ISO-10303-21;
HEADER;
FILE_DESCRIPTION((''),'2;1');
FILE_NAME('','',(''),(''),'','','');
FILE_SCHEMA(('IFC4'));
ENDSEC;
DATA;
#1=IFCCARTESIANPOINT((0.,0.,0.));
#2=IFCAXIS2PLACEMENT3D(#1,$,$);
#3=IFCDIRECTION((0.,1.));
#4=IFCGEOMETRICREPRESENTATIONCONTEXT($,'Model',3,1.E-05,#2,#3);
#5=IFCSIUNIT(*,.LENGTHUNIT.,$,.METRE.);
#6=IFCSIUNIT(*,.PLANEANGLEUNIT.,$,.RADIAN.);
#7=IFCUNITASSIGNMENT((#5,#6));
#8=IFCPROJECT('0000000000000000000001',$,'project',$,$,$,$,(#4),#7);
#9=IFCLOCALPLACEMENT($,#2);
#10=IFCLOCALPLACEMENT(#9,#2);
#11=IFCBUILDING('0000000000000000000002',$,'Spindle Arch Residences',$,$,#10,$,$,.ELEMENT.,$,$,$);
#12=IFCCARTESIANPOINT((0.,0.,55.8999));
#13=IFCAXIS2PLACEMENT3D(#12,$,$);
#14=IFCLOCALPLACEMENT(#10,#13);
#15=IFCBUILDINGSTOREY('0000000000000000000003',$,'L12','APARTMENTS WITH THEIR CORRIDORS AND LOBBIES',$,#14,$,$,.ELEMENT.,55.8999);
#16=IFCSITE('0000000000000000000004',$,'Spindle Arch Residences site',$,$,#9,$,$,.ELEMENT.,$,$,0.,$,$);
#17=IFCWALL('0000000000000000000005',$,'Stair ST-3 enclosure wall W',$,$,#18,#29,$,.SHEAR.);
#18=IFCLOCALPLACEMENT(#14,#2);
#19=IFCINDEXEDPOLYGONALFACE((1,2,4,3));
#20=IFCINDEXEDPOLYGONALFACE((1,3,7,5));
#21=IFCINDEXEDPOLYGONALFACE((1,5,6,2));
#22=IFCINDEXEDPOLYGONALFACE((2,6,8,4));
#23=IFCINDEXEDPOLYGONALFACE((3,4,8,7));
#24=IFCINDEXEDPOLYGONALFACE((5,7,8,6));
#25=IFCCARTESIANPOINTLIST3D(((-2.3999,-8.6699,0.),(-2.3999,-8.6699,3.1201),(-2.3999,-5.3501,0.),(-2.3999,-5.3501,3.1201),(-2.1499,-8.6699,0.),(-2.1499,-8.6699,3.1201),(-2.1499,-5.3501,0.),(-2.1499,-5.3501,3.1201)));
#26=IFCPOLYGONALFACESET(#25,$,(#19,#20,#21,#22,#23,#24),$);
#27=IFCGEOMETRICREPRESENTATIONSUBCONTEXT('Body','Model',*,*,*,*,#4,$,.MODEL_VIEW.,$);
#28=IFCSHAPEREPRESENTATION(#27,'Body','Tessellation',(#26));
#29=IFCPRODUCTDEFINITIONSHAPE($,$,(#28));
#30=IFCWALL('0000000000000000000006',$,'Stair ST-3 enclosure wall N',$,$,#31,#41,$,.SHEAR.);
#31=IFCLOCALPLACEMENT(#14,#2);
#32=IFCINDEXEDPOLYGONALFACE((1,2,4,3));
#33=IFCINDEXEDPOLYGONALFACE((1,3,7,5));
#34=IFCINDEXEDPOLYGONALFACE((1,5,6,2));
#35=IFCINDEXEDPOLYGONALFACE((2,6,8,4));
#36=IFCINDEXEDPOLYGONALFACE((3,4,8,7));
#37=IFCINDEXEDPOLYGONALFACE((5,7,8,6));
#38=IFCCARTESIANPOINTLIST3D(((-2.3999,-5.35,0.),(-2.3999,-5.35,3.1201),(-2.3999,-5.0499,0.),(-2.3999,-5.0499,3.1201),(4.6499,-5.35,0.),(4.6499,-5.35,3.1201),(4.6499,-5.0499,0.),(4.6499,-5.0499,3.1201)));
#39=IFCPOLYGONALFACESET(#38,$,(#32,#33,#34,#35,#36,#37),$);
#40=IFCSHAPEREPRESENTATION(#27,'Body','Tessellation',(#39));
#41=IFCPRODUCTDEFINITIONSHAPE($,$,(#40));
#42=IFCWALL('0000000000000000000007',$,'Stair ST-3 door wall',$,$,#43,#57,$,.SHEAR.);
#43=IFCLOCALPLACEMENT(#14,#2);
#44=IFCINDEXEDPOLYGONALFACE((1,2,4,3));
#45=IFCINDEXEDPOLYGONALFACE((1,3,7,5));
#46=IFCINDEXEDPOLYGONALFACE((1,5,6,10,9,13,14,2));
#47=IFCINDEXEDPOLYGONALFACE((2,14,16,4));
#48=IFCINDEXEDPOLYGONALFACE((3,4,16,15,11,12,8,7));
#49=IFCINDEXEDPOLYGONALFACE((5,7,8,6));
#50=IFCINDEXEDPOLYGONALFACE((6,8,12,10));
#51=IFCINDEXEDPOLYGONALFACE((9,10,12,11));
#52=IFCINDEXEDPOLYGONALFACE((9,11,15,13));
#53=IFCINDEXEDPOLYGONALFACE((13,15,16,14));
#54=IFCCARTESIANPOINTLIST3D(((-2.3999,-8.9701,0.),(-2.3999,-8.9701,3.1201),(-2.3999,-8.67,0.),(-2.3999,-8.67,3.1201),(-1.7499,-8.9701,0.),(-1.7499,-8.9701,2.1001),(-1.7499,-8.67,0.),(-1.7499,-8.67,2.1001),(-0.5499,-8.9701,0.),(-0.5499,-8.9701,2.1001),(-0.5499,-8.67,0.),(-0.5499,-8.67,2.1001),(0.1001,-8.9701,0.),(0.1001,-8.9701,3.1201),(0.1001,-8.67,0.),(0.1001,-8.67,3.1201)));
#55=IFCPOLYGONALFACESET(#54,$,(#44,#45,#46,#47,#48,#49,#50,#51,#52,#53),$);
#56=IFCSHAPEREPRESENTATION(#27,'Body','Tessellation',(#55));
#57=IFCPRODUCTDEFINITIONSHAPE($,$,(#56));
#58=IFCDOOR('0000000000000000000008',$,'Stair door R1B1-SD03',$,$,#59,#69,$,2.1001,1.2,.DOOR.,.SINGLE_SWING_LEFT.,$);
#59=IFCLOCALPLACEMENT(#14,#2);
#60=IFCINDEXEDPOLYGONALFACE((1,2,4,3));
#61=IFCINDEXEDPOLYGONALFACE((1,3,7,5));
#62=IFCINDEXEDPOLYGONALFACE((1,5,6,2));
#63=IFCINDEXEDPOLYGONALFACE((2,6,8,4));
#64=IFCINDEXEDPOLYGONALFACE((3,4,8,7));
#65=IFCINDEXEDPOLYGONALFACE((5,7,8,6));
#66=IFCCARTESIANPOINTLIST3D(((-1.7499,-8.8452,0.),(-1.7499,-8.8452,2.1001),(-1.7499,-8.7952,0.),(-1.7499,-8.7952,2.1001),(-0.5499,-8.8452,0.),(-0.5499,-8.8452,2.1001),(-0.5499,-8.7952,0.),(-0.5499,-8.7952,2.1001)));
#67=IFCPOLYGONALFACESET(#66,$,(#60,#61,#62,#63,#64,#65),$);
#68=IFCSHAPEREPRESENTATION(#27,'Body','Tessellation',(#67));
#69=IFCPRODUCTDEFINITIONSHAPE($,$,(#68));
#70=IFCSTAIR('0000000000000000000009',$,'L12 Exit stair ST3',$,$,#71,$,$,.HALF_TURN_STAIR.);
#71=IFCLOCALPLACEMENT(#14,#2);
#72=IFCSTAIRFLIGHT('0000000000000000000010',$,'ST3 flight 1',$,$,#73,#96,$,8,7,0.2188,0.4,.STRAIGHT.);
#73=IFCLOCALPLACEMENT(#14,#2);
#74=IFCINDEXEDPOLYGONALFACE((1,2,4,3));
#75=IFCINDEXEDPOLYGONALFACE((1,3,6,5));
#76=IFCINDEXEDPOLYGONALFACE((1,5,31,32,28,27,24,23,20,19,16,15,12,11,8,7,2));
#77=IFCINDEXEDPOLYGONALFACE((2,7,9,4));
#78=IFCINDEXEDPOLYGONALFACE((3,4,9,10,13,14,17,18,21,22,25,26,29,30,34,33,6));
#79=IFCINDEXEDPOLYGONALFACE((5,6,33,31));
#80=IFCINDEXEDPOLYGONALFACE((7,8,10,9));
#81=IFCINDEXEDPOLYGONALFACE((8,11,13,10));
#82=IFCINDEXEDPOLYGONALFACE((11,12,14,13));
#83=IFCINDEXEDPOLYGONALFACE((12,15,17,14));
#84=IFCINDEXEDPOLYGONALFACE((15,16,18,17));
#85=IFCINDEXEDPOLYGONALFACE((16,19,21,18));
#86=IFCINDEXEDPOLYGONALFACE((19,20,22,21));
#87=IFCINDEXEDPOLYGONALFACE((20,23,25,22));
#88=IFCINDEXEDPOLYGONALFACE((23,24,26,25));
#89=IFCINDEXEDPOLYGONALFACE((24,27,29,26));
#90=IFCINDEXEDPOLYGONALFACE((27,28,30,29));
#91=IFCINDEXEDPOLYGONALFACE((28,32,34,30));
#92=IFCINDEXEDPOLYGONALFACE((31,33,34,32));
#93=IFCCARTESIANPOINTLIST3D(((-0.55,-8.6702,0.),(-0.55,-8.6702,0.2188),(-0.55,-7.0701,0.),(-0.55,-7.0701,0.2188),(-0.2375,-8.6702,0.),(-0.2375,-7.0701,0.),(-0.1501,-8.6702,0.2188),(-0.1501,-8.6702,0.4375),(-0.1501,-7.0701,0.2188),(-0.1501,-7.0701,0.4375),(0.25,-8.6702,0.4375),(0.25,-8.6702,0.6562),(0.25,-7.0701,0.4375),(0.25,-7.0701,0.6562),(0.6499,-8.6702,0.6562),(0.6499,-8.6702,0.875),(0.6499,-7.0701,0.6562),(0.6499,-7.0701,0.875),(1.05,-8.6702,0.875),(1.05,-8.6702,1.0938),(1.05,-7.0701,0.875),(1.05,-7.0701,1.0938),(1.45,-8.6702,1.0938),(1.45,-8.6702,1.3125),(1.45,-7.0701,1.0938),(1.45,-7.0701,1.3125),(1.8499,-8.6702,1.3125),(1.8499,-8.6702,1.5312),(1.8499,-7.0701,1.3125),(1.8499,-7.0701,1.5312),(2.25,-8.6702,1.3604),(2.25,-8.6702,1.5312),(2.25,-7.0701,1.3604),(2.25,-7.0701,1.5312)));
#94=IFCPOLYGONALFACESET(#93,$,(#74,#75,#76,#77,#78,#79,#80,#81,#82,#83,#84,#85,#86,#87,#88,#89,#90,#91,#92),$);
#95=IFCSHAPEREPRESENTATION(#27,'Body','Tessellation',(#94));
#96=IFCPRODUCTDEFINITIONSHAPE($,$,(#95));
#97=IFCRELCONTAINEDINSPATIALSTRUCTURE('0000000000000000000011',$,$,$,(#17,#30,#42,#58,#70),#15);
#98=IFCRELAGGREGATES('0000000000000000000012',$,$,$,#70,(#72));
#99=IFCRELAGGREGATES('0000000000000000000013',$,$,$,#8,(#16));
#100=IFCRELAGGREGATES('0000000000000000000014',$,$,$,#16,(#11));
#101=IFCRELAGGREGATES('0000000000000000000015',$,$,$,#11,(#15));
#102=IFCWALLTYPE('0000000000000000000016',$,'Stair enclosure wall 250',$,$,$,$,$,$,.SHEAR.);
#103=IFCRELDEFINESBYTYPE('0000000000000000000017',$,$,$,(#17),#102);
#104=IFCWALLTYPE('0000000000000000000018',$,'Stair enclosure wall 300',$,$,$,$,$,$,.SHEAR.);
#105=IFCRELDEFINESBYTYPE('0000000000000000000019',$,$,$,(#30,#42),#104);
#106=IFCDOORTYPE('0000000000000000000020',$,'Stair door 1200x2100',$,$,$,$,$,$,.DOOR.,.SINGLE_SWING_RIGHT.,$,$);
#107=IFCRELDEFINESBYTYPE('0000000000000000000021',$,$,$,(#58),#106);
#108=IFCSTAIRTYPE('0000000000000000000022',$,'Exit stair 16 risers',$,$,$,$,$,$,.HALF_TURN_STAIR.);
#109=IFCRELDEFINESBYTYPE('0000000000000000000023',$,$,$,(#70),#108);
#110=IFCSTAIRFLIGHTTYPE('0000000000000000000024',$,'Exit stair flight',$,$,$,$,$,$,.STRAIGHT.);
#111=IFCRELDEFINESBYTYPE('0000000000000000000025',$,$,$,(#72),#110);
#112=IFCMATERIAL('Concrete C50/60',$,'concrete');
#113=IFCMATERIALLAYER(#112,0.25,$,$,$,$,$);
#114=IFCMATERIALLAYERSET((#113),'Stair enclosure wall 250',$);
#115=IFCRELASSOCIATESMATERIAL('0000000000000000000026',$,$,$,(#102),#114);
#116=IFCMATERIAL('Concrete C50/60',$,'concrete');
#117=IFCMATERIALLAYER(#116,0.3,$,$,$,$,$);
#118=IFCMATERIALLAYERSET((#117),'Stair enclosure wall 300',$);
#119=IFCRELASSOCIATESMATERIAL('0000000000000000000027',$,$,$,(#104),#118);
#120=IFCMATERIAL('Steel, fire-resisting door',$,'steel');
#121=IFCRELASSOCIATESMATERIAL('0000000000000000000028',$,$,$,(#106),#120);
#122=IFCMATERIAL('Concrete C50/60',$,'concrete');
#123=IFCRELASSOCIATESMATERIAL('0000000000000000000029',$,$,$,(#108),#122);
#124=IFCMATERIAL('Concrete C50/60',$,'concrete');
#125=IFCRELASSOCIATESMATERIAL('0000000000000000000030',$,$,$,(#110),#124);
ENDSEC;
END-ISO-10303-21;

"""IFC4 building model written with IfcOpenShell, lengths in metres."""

from ifc_helpers import new_model, si_unit, direction, frame, frame_2d, origin, place, context, subcontext, project, spatial, polyline, rectangle, outline, extrude, material, layer, layer_set, type_object, element, fill, aggregate, save


model = new_model("IFC4")

# Units and contexts
model_context = context("Model", 3, precision=1e-05, world=origin(), true_north=direction((0.0, 1.0)))
body_context = subcontext(model_context, "Body", "Model", "MODEL_VIEW")
ifc_project = project(units=[si_unit("LENGTHUNIT", "METRE"), si_unit("PLANEANGLEUNIT", "RADIAN")], contexts=[model_context])

# Site, building, storey
site_placement = place(None, origin())
site = spatial("IfcSite", under=ifc_project, at=site_placement, Name="Spindle Arch Residences site", CompositionType="ELEMENT", RefElevation=0.0)
building_placement = place(site_placement, origin())
building = spatial("IfcBuilding", under=site, at=building_placement, Name="Spindle Arch Residences", CompositionType="ELEMENT")
storey_placement = place(building_placement, frame((0.0, 0.0, 55.8999)))
storey = spatial("IfcBuildingStorey", under=building, at=storey_placement, Name="L12", Description="APARTMENTS WITH THEIR CORRIDORS AND LOBBIES", CompositionType="ELEMENT", Elevation=55.8999)

# Walls
ifc_material_1 = material(Name="Concrete C50/60", Category="concrete")
ifc_layer_1 = layer(ifc_material_1, 0.25)
ifc_layer_set_1 = layer_set([ifc_layer_1], Name="Stair enclosure wall 250")
wall_type_1 = type_object("IfcWallType", Name="Stair enclosure wall 250", PredefinedType="SHEAR", material=ifc_layer_set_1)
wall_1_placement = place(storey_placement, frame((-2.2749, -8.6699, 0.0), z_axis=(0.0, 0.0, 1.0), x_axis=(0.0, 1.0, 0.0)))
element("IfcWall", 1, at=wall_1_placement, inside=storey, type_object=wall_type_1, Name="Stair ST-3 enclosure wall W", PredefinedType="SHEAR", context=body_context, shape_type="SweptSolid", body=[
    extrude(rectangle(XDim=3.3198, YDim=0.25, at=frame_2d((1.6599, 0.0))), origin(), (0.0, 0.0, 1.0), 3.1201),
])
ifc_material_2 = material(Name="Concrete C50/60", Category="concrete")
ifc_layer_2 = layer(ifc_material_2, 0.3)
ifc_layer_set_2 = layer_set([ifc_layer_2], Name="Stair enclosure wall 300")
wall_type_2 = type_object("IfcWallType", Name="Stair enclosure wall 300", PredefinedType="SHEAR", material=ifc_layer_set_2)
wall_2_placement = place(storey_placement, frame((-2.3999, -5.2, 0.0), z_axis=(0.0, 0.0, 1.0), x_axis=(1.0, 0.0, 0.0)))
element("IfcWall", 2, at=wall_2_placement, inside=storey, type_object=wall_type_2, Name="Stair ST-3 enclosure wall N", PredefinedType="SHEAR", context=body_context, shape_type="SweptSolid", body=[
    extrude(rectangle(XDim=7.0498, YDim=0.3, at=frame_2d((3.5249, 0.0))), origin(), (0.0, 0.0, 1.0), 3.1201),
])

# Wall, opening, door
wall_3_placement = place(storey_placement, frame((-2.3999, -8.8201, 0.0), z_axis=(0.0, 0.0, 1.0), x_axis=(1.0, 0.0, 0.0)))
wall_3 = element("IfcWall", 3, at=wall_3_placement, inside=storey, type_object=wall_type_2, Name="Stair ST-3 door wall", PredefinedType="SHEAR", context=body_context, shape_type="SweptSolid", body=[
    extrude(rectangle(XDim=2.5, YDim=0.3, at=frame_2d((1.25, 0.0))), origin(), (0.0, 0.0, 1.0), 3.1201),
])
opening_1_placement = place(wall_3_placement, frame((0.6499, 0.0, 0.0)))
opening_1 = element("IfcOpeningElement", 4, at=opening_1_placement, cuts=wall_3, PredefinedType="OPENING", context=body_context, shape_type="SweptSolid", body=[
    extrude(rectangle(XDim=1.2, YDim=2.1001, at=frame_2d((0.6001, 1.05))), frame((0.0, 0.1602, 0.0), z_axis=(0.0, -1.0, 0.0), x_axis=(1.0, 0.0, 0.0)), (0.0, 0.0, 1.0), 0.3201),
])
ifc_material_3 = material(Name="Steel, fire-resisting door", Category="steel")
door_type_1 = type_object("IfcDoorType", Name="Stair door 1200x2100", OperationType="SINGLE_SWING_RIGHT", PredefinedType="DOOR", material=ifc_material_3)
door_1_placement = place(opening_1_placement, origin())
door_1 = element("IfcDoor", 5, at=door_1_placement, inside=storey, type_object=door_type_1, Name="Stair door R1B1-SD03", OperationType="SINGLE_SWING_LEFT", OverallHeight=2.1001, OverallWidth=1.2, PredefinedType="DOOR", context=body_context, shape_type="SweptSolid", body=[
    extrude(rectangle(XDim=1.2, YDim=2.1001, at=frame_2d((0.6001, 1.05))), frame((0.0, 0.0249, 0.0), z_axis=(0.0, -1.0, 0.0), x_axis=(1.0, 0.0, 0.0)), (0.0, 0.0, 1.0), 0.05),
])
fill(opening_1, door_1)

# Stair, stair flight
ifc_material_4 = material(Name="Concrete C50/60", Category="concrete")
stair_type = type_object("IfcStairType", Name="Exit stair 16 risers", PredefinedType="HALF_TURN_STAIR", material=ifc_material_4)
stair_placement = place(storey_placement, origin())
stair = element("IfcStair", 6, at=stair_placement, inside=storey, type_object=stair_type, Name="L12 Exit stair ST3", PredefinedType="HALF_TURN_STAIR")
ifc_material_5 = material(Name="Concrete C50/60", Category="concrete")
stair_flight_type = type_object("IfcStairFlightType", Name="Exit stair flight", PredefinedType="STRAIGHT", material=ifc_material_5)
stair_flight_placement = place(storey_placement, frame((-0.55, -7.8701, 0.0), z_axis=(0.0, 0.0, 1.0), x_axis=(1.0, 0.0, 0.0)))
stair_flight = element("IfcStairFlight", 7, at=stair_flight_placement, type_object=stair_flight_type, Name="ST3 flight 1", NumberOfRisers=8, NumberOfTreads=7, PredefinedType="STRAIGHT", RiserHeight=0.2188, TreadLength=0.4, context=body_context, shape_type="SweptSolid", body=[
    extrude(outline(polyline([(0.0, 0.0), (0.0, 0.2188), (0.3999, 0.2188), (0.3999, 0.4375), (0.8, 0.4375), (0.8, 0.6562), (1.2, 0.6562), (1.2, 0.875), (1.6001, 0.875), (1.6001, 1.0938), (2.0, 1.0938), (2.0, 1.3125), (2.3999, 1.3125), (2.3999, 1.5312), (2.8, 1.5312), (2.8, 1.75), (2.8, 1.3604), (0.3125, 0.0), (0.0, 0.0)])), frame((0.0, 0.8, 0.0), z_axis=(0.0, -1.0, 0.0), x_axis=(1.0, 0.0, 0.0)), (0.0, 0.0, 1.0), 1.6001),
])
aggregate(stair, [stair_flight])

save(model, "model.ifc")
